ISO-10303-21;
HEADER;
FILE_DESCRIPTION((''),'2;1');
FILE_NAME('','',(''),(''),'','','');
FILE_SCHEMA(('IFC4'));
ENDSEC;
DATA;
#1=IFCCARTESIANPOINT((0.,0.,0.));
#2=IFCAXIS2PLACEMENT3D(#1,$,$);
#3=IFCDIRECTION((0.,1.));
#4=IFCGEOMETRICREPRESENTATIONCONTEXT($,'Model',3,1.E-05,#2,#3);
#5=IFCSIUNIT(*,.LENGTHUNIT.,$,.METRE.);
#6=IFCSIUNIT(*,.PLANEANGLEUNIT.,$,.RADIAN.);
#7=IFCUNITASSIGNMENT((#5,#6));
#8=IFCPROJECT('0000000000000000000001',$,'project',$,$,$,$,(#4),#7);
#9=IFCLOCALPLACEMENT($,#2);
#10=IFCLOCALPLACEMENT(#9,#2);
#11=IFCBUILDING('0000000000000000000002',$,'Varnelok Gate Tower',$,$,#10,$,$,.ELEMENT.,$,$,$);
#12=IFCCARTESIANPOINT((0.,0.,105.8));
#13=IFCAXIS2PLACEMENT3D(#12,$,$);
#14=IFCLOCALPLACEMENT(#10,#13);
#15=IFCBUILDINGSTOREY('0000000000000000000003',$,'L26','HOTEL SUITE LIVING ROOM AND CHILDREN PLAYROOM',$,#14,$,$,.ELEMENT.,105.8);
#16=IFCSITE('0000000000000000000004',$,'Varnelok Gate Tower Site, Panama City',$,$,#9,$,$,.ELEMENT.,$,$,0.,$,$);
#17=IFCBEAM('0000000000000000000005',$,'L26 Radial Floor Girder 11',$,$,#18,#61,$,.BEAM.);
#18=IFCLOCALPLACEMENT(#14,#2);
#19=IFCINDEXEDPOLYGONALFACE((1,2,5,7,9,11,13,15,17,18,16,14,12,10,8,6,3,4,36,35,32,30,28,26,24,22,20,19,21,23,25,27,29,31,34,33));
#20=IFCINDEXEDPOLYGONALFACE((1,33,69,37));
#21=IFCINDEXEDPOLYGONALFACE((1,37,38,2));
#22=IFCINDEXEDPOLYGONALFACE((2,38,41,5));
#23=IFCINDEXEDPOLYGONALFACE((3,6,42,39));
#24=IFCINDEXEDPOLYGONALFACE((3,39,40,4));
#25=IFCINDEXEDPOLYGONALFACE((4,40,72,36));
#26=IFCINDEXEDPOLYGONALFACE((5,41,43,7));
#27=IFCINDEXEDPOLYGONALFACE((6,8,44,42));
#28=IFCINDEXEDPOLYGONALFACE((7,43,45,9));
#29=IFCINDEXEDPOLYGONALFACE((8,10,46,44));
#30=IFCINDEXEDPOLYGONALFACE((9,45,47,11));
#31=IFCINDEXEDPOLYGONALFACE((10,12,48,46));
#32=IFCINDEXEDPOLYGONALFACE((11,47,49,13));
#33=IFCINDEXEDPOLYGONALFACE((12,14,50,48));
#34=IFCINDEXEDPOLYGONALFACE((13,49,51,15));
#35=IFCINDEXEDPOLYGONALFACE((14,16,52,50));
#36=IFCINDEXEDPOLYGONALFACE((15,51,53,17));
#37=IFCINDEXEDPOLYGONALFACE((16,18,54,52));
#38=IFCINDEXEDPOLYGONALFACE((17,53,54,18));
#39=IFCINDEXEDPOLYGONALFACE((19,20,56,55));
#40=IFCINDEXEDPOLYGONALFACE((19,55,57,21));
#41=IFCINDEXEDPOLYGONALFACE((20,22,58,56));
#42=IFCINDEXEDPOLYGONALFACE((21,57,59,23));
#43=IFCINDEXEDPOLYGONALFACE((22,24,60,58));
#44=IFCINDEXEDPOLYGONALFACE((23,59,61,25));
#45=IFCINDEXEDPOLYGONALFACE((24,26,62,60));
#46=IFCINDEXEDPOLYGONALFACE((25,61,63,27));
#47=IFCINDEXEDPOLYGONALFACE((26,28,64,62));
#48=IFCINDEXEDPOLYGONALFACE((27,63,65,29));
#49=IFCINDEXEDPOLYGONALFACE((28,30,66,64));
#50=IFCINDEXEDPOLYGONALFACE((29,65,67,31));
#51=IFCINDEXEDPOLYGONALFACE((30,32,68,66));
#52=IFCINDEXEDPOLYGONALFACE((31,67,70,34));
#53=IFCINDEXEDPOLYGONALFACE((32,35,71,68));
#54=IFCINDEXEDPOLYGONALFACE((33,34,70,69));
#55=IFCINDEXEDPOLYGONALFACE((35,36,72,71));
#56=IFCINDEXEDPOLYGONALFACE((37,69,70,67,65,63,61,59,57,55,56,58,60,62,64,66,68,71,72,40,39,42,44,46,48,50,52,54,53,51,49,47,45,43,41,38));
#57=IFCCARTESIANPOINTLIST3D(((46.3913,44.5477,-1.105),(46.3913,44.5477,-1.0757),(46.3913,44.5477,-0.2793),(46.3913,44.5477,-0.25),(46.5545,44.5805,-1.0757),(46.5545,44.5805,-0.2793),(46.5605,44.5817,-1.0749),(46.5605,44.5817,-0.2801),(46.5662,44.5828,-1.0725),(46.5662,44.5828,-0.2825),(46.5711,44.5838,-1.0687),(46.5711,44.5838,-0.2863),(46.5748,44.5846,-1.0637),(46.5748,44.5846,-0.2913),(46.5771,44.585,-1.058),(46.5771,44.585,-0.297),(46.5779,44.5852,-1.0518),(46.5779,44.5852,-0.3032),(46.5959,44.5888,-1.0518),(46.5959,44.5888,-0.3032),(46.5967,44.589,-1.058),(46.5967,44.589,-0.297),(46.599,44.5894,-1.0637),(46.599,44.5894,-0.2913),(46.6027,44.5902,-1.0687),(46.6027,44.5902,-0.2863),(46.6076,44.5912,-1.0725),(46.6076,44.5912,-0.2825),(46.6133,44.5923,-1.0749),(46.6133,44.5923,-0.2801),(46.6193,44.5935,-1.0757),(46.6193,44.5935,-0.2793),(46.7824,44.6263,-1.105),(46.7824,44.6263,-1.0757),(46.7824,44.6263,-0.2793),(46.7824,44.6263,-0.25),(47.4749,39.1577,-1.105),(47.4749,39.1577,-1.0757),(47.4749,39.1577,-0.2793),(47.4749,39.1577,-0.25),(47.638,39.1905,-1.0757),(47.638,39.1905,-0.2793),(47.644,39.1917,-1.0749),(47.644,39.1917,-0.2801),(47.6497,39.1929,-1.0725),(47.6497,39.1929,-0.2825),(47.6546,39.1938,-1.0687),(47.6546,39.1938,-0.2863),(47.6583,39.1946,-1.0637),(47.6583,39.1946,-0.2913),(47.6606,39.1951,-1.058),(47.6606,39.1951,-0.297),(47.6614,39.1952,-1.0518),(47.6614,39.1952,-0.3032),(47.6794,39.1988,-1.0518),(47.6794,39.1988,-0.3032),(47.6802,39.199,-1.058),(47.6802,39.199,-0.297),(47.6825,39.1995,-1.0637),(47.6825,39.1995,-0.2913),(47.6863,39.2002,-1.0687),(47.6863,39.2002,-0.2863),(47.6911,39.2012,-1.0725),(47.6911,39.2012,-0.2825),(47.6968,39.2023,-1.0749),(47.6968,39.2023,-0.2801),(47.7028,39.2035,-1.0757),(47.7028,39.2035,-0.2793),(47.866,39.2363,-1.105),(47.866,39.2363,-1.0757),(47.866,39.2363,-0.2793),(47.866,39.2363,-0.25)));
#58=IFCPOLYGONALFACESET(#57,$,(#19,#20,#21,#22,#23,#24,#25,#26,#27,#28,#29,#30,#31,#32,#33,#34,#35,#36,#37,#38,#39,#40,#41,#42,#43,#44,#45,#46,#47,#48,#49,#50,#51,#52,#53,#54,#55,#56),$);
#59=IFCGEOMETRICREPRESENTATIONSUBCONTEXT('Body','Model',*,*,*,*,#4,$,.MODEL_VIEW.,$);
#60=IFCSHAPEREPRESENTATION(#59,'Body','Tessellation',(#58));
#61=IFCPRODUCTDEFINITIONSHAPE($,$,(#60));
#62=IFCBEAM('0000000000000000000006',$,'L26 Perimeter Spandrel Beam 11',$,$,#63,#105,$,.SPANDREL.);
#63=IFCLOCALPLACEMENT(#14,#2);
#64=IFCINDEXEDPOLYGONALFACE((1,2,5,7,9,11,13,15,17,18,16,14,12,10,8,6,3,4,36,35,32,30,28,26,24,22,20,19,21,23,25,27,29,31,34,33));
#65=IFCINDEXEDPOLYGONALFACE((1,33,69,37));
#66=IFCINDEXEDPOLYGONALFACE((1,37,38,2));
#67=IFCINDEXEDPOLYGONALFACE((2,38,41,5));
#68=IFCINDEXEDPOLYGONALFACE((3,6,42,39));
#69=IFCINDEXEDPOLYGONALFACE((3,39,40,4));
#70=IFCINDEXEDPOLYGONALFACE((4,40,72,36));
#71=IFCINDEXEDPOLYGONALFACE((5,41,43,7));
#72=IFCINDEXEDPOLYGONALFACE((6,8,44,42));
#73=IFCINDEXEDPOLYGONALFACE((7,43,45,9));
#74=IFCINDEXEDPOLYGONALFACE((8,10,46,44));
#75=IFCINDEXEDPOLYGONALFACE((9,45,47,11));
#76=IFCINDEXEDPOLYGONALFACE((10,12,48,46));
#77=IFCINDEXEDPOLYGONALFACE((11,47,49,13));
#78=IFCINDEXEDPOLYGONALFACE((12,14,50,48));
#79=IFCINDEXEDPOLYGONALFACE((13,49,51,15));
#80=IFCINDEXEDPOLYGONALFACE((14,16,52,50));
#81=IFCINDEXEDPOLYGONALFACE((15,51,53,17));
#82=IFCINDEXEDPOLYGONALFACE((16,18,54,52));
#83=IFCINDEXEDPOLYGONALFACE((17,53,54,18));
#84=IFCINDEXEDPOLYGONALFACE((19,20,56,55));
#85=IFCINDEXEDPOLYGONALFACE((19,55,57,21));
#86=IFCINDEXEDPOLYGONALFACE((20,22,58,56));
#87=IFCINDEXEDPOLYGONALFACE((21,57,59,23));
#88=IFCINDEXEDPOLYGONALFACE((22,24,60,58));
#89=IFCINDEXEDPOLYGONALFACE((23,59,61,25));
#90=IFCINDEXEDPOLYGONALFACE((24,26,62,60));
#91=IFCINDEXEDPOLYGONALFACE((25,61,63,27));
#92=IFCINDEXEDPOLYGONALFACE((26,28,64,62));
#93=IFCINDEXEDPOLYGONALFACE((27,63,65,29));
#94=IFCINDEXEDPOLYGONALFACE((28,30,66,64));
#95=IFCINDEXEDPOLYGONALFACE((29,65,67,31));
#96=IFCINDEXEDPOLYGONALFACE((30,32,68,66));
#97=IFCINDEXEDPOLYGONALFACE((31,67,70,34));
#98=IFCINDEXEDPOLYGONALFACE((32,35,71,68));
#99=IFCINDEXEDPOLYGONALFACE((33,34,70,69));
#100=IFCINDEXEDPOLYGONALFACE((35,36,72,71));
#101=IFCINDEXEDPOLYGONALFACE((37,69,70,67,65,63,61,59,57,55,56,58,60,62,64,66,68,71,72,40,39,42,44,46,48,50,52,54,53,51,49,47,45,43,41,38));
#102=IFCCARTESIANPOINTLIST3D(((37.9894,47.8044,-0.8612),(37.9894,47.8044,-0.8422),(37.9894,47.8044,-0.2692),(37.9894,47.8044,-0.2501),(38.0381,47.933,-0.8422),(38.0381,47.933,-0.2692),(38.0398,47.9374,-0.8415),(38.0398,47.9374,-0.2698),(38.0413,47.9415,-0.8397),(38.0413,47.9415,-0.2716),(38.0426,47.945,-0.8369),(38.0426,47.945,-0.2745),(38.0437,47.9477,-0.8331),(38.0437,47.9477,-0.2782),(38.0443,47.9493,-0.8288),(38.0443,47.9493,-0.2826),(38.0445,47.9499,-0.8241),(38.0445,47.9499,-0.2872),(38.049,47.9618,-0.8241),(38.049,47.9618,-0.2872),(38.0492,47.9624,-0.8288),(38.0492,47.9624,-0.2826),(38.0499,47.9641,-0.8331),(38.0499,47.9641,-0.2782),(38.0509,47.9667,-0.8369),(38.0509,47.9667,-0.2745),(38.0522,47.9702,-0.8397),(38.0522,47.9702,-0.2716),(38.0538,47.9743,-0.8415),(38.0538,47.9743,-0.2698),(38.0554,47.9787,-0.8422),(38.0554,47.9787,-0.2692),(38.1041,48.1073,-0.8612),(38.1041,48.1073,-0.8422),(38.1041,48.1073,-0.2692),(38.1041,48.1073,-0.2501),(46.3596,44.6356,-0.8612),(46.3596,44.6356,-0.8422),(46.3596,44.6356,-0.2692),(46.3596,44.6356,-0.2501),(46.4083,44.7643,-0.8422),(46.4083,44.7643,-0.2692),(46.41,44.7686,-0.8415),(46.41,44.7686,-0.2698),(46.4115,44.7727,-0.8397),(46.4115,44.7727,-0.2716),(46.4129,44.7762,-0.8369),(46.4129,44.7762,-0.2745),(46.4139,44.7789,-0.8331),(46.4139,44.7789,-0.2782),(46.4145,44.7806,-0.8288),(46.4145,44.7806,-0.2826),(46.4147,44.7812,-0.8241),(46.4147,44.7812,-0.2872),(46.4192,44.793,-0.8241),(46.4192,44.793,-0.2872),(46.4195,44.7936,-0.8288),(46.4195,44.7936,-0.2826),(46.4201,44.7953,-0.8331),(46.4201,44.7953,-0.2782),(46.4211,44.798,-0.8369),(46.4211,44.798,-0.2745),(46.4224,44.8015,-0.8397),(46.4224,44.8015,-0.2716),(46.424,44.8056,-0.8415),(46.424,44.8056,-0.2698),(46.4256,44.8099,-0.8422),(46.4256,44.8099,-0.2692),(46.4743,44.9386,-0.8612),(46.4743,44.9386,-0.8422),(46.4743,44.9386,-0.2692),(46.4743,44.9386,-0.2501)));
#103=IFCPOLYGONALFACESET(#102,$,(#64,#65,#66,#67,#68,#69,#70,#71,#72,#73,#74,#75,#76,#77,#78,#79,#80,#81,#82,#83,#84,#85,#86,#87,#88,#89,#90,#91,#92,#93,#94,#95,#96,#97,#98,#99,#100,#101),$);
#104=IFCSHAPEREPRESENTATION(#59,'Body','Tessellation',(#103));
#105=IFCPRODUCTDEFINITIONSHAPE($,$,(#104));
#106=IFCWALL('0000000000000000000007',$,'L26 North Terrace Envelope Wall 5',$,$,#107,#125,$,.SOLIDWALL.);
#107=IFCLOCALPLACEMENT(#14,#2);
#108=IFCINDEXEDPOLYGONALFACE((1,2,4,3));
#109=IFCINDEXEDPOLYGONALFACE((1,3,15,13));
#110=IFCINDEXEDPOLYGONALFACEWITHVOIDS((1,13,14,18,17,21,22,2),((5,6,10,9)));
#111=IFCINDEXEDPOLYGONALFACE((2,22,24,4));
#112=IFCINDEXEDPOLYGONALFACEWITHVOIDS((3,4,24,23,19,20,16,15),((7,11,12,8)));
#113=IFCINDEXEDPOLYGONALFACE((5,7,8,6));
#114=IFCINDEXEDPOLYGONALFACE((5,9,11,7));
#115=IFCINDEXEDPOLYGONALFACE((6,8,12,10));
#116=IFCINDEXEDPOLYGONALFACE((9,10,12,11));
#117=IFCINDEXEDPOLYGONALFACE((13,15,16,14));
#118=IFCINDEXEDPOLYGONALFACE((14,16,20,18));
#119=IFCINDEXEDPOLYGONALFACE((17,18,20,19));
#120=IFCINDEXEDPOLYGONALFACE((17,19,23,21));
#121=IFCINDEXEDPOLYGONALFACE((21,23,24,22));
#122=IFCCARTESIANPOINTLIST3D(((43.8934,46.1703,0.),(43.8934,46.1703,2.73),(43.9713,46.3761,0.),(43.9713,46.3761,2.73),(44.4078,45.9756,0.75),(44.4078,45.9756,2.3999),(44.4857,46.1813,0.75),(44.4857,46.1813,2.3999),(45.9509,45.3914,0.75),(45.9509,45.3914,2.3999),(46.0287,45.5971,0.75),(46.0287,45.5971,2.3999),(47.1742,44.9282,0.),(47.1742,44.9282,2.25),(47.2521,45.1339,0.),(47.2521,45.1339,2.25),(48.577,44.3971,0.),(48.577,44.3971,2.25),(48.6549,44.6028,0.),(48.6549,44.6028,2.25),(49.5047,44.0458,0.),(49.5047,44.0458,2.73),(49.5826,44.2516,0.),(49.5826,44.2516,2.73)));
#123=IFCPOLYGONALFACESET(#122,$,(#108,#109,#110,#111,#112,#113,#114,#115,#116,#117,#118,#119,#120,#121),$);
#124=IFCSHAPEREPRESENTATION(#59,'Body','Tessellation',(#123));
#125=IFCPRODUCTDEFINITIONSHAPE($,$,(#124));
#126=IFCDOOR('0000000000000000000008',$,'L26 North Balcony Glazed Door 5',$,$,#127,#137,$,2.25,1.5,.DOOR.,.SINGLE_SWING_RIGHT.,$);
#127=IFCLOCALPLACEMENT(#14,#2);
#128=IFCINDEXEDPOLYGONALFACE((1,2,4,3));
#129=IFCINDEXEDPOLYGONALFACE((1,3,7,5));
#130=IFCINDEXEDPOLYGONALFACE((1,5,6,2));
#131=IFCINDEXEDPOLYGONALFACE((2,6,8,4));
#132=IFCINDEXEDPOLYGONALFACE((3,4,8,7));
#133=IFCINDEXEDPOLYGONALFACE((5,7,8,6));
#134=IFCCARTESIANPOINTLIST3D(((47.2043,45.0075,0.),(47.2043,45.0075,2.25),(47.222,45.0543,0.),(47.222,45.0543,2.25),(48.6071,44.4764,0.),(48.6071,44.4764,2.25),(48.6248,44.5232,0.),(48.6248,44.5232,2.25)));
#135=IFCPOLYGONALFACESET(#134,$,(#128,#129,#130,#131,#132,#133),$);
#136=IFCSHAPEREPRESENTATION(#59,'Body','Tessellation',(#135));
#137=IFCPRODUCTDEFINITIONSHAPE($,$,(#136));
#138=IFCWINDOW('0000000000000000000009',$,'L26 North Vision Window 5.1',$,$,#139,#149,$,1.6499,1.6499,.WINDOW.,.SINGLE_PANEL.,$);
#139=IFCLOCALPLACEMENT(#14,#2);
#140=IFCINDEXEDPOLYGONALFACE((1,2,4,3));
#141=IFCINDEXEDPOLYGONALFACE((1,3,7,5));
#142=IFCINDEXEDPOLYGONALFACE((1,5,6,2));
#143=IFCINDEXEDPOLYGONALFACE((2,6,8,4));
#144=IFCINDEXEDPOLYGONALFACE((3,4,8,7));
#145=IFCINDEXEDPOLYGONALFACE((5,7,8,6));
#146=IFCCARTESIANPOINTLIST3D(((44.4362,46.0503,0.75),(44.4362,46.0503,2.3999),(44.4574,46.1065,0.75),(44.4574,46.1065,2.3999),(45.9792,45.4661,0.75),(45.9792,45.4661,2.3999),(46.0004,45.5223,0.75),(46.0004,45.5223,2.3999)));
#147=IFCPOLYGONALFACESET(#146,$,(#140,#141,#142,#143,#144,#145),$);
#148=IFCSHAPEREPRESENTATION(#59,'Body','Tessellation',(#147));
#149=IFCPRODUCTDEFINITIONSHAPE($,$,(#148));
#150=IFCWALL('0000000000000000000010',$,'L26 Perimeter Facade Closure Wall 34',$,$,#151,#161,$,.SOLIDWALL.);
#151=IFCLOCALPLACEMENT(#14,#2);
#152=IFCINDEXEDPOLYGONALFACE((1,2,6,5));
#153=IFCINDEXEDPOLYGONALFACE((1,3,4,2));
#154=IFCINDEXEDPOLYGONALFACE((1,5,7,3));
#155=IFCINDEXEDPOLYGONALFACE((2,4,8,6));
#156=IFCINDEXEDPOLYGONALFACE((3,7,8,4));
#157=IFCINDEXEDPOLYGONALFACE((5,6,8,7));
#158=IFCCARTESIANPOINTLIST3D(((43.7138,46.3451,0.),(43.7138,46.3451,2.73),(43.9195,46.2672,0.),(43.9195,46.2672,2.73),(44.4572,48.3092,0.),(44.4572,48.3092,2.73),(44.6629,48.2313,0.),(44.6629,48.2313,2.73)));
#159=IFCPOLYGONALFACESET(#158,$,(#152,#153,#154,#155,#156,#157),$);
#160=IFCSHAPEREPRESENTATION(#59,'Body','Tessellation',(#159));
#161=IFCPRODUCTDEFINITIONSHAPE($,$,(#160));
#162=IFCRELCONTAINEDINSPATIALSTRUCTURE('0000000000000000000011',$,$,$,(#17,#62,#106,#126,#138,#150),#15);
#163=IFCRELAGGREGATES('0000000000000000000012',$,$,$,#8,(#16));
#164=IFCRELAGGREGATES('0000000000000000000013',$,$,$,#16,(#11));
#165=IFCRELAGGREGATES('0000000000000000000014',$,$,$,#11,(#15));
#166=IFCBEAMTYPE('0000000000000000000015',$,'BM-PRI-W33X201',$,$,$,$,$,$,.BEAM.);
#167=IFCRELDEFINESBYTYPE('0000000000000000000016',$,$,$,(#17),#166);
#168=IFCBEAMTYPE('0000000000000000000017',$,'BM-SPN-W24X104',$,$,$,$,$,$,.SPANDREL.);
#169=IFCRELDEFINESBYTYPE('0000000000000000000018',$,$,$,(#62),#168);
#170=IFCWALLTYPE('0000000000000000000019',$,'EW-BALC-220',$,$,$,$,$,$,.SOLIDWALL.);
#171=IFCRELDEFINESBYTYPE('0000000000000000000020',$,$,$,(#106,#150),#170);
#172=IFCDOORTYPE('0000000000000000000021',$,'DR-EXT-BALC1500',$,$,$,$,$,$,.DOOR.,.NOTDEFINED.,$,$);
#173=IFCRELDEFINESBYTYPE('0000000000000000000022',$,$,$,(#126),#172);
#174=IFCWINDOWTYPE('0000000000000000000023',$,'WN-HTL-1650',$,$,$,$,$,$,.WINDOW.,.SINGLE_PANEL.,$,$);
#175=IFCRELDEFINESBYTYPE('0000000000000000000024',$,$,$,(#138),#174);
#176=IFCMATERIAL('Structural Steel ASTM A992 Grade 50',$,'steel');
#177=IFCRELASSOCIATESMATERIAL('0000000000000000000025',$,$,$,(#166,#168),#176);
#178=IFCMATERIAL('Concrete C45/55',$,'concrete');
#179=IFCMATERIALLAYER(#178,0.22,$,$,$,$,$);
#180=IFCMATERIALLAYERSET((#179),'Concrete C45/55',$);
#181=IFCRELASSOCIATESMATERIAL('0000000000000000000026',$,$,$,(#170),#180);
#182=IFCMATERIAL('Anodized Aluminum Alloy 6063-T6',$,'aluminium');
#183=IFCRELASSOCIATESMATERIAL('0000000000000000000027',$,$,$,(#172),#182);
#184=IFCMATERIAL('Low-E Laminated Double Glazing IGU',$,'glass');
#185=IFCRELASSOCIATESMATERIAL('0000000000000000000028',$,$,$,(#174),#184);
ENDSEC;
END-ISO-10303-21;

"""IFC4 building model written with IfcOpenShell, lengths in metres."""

from ifc_helpers import new_model, si_unit, direction, frame, frame_2d, origin, origin_2d, place, context, subcontext, project, spatial, rectangle, i_section, extrude, material, layer, layer_set, material_profile, profile_set, type_object, element, fill, save


model = new_model("IFC4")

# Units and contexts
model_context = context("Model", 3, precision=1e-05, world=origin(), true_north=direction((0.0, 1.0)))
body_context = subcontext(model_context, "Body", "Model", "MODEL_VIEW")
ifc_project = project(units=[si_unit("LENGTHUNIT", "METRE"), si_unit("PLANEANGLEUNIT", "RADIAN")], contexts=[model_context])

# Site, building, storey
site_placement = place(None, origin())
site = spatial("IfcSite", under=ifc_project, at=site_placement, Name="Varnelok Gate Tower Site, Panama City", CompositionType="ELEMENT", RefElevation=0.0)
building_placement = place(site_placement, origin())
building = spatial("IfcBuilding", under=site, at=building_placement, Name="Varnelok Gate Tower", CompositionType="ELEMENT")
storey_placement = place(building_placement, frame((0.0, 0.0, 105.8)))
storey = spatial("IfcBuildingStorey", under=building, at=storey_placement, Name="L26", Description="HOTEL SUITE LIVING ROOM AND CHILDREN PLAYROOM", CompositionType="ELEMENT", Elevation=105.8)

# Shared definitions
ifc_material_1 = material(Name="Structural Steel ASTM A992 Grade 50", Category="steel")

# Beams
ifc_material_profile_1 = material_profile(ifc_material_1, i_section(OverallWidth=0.3989, OverallDepth=0.855, WebThickness=0.0183, FlangeThickness=0.0293, FilletRadius=0.0239, at=origin_2d()), Name="W33X201")
ifc_profile_set_1 = profile_set([ifc_material_profile_1], Name="Structural Steel ASTM A992 Grade 50")
beam_type_1 = type_object("IfcBeamType", Name="BM-PRI-W33X201", PredefinedType="BEAM", material=ifc_profile_set_1)
beam_1_placement = place(storey_placement, frame((47.6704, 39.197, -0.6775), z_axis=(-0.197081, 0.980387, 0.0), x_axis=(-0.980387, -0.197081, 0.0)))
element("IfcBeam", 1, at=beam_1_placement, inside=storey, type_object=beam_type_1, Name="L26 Radial Floor Girder 11", PredefinedType="BEAM", context=body_context, shape_type="SweptSolid", body=[
    extrude(i_section(OverallWidth=0.3989, OverallDepth=0.855, WebThickness=0.0183, FlangeThickness=0.0293, FilletRadius=0.0239, at=origin_2d()), origin(), (0.0, 0.0, 1.0), 5.4978),
])
ifc_material_profile_2 = material_profile(ifc_material_1, i_section(OverallWidth=0.324, OverallDepth=0.6111, WebThickness=0.0127, FlangeThickness=0.019, FilletRadius=0.0181, at=origin_2d()), Name="W24X104")
ifc_profile_set_2 = profile_set([ifc_material_profile_2], Name="Structural Steel ASTM A992 Grade 50")
beam_type_2 = type_object("IfcBeamType", Name="BM-SPN-W24X104", PredefinedType="SPANDREL", material=ifc_profile_set_2)
beam_2_placement = place(storey_placement, frame((46.417, 44.7871, -0.5557), z_axis=(-0.935226, 0.354051, 0.0), x_axis=(-0.354051, -0.935226, 0.0)))
element("IfcBeam", 2, at=beam_2_placement, inside=storey, type_object=beam_type_2, Name="L26 Perimeter Spandrel Beam 11", PredefinedType="SPANDREL", context=body_context, shape_type="SweptSolid", body=[
    extrude(i_section(OverallWidth=0.324, OverallDepth=0.6111, WebThickness=0.0127, FlangeThickness=0.019, FilletRadius=0.0181, at=origin_2d()), origin(), (0.0, 0.0, 1.0), 8.95),
])

# Wall, openings, door, window
ifc_material_2 = material(Name="Concrete C45/55", Category="concrete")
ifc_layer_1 = layer(ifc_material_2, 0.22)
ifc_layer_set_1 = layer_set([ifc_layer_1], Name="Concrete C45/55")
wall_type_1 = type_object("IfcWallType", Name="EW-BALC-220", PredefinedType="SOLIDWALL", material=ifc_layer_set_1)
wall_1_placement = place(storey_placement, frame((43.9324, 46.2732, 0.0), z_axis=(0.0, 0.0, 1.0), x_axis=(0.935214, -0.354083, 0.0)))
wall_1 = element("IfcWall", 3, at=wall_1_placement, inside=storey, type_object=wall_type_1, Name="L26 North Terrace Envelope Wall 5", PredefinedType="SOLIDWALL", context=body_context, shape_type="SweptSolid", body=[
    extrude(rectangle(XDim=6.0, YDim=0.22, at=frame_2d((3.0, 0.0))), origin(), (0.0, 0.0, 1.0), 2.73),
])
opening_1_placement = place(wall_1_placement, frame((3.5081, 0.0, 0.0)))
opening_1 = element("IfcOpeningElement", 4, at=opening_1_placement, cuts=wall_1, PredefinedType="OPENING", context=body_context, shape_type="SweptSolid", body=[
    extrude(rectangle(XDim=1.5, YDim=2.25, at=frame_2d((0.75, 1.125))), frame((0.0, 0.1199, 0.0), z_axis=(0.0, -1.0, 0.0), x_axis=(1.0, 0.0, 0.0)), (0.0, 0.0, 1.0), 0.24),
])
opening_2_placement = place(wall_1_placement, frame((0.55, 0.0, 0.75)))
opening_2 = element("IfcOpeningElement", 5, at=opening_2_placement, cuts=wall_1, PredefinedType="OPENING", context=body_context, shape_type="SweptSolid", body=[
    extrude(rectangle(XDim=1.6499, YDim=1.6499, at=frame_2d((0.825, 0.825))), frame((0.0, 0.1199, 0.0), z_axis=(0.0, -1.0, 0.0), x_axis=(1.0, 0.0, 0.0)), (0.0, 0.0, 1.0), 0.24),
])
ifc_material_3 = material(Name="Anodized Aluminum Alloy 6063-T6", Category="aluminium")
door_type_1 = type_object("IfcDoorType", Name="DR-EXT-BALC1500", OperationType="NOTDEFINED", PredefinedType="DOOR", material=ifc_material_3)
door_1_placement = place(opening_1_placement, origin())
door_1 = element("IfcDoor", 6, at=door_1_placement, inside=storey, type_object=door_type_1, Name="L26 North Balcony Glazed Door 5", OperationType="SINGLE_SWING_RIGHT", OverallHeight=2.25, OverallWidth=1.5, PredefinedType="DOOR", context=body_context, shape_type="SweptSolid", body=[
    extrude(rectangle(XDim=1.5, YDim=2.25, at=frame_2d((0.75, 1.125))), frame((0.0, 0.0249, 0.0), z_axis=(0.0, -1.0, 0.0), x_axis=(1.0, 0.0, 0.0)), (0.0, 0.0, 1.0), 0.05),
])
fill(opening_1, door_1)
ifc_material_4 = material(Name="Low-E Laminated Double Glazing IGU", Category="glass")
window_type = type_object("IfcWindowType", Name="WN-HTL-1650", PartitioningType="SINGLE_PANEL", PredefinedType="WINDOW", material=ifc_material_4)
window_1_placement = place(opening_2_placement, origin())
window_1 = element("IfcWindow", 7, at=window_1_placement, inside=storey, type_object=window_type, Name="L26 North Vision Window 5.1", OverallHeight=1.6499, OverallWidth=1.6499, PartitioningType="SINGLE_PANEL", PredefinedType="WINDOW", context=body_context, shape_type="SweptSolid", body=[
    extrude(rectangle(XDim=1.6499, YDim=1.6499, at=frame_2d((0.825, 0.825))), frame((0.0, 0.03, 0.0), z_axis=(0.0, -1.0, 0.0), x_axis=(1.0, 0.0, 0.0)), (0.0, 0.0, 1.0), 0.0601),
])
fill(opening_2, window_1)

# Wall
wall_2_placement = place(storey_placement, frame((43.8167, 46.3062, 0.0), z_axis=(0.0, 0.0, 1.0), x_axis=(0.353988, 0.93525, 0.0)))
element("IfcWall", 8, at=wall_2_placement, inside=storey, type_object=wall_type_1, Name="L26 Perimeter Facade Closure Wall 34", PredefinedType="SOLIDWALL", context=body_context, shape_type="SweptSolid", body=[
    extrude(rectangle(XDim=2.1001, YDim=0.22, at=frame_2d((1.05, 0.0))), origin(), (0.0, 0.0, 1.0), 2.73),
])

save(model, "model.ifc")
